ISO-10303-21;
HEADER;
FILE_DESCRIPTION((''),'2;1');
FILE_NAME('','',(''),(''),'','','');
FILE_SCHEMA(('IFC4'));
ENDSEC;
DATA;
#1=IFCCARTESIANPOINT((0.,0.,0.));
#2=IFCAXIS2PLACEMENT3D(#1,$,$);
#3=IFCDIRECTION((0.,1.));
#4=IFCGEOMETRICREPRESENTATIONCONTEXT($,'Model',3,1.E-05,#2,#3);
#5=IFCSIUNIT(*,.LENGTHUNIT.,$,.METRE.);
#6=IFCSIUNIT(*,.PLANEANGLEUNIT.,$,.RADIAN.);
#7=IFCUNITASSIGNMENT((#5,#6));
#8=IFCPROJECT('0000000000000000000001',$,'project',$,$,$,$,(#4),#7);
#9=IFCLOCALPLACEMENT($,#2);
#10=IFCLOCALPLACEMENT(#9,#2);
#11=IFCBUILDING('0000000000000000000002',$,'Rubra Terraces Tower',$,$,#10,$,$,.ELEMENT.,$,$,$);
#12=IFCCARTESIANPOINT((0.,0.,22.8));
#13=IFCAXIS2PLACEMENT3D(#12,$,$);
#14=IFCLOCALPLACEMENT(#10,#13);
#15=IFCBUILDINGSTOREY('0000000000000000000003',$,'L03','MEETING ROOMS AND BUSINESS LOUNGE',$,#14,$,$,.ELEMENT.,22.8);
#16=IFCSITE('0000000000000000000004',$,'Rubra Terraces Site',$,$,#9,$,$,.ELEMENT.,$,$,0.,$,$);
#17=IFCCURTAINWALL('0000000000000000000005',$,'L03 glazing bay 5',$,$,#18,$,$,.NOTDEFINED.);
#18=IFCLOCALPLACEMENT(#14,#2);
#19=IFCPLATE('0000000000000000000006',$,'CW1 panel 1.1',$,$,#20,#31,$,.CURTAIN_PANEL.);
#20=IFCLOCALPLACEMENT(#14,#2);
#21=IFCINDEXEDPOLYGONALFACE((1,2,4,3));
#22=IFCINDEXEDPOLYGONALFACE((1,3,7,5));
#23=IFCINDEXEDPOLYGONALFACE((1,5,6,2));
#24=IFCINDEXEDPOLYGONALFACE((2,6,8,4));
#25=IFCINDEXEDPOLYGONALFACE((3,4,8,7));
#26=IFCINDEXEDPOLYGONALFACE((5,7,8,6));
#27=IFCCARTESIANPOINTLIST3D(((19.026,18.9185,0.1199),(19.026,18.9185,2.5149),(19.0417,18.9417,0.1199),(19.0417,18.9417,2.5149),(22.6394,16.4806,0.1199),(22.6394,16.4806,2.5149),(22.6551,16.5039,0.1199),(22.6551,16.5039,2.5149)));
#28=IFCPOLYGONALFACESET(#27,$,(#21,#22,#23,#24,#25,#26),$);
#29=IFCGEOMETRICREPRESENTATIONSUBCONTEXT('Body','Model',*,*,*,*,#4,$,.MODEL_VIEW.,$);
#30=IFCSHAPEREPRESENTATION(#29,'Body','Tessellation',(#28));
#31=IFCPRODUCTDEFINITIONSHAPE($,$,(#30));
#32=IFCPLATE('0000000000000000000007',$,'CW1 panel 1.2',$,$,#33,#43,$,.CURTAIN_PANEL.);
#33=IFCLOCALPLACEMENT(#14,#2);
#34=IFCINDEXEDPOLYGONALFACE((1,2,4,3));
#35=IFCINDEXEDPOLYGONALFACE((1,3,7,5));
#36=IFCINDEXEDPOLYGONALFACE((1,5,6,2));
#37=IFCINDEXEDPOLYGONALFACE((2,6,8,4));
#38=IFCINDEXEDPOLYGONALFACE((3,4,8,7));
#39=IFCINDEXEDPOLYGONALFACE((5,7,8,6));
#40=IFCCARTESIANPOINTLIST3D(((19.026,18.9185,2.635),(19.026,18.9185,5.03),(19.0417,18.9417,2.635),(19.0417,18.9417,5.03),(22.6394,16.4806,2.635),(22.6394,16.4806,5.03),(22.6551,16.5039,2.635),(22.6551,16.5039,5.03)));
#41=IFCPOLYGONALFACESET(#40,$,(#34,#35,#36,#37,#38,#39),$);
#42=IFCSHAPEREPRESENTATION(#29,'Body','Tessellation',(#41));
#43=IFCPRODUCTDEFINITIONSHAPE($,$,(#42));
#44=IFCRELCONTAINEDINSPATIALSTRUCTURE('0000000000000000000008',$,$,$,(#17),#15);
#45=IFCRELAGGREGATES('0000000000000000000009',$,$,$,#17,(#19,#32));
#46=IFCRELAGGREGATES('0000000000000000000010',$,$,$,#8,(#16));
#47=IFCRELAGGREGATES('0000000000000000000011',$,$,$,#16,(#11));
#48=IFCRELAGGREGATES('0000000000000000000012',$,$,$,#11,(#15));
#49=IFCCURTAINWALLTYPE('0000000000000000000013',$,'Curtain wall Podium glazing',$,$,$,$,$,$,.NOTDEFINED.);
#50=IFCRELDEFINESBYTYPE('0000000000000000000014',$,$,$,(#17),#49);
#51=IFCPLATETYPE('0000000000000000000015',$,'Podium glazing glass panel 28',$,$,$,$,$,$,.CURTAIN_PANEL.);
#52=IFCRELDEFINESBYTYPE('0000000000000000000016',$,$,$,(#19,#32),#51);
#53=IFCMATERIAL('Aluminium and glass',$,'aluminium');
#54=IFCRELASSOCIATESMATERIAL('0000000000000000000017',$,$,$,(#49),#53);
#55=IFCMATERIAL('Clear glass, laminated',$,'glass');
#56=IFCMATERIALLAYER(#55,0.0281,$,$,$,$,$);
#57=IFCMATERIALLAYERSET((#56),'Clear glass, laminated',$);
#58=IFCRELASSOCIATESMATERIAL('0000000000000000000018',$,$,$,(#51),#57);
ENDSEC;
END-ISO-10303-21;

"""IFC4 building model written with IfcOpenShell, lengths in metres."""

from ifc_helpers import new_model, si_unit, direction, frame, origin, origin_2d, place, context, subcontext, project, spatial, rectangle, extrude, material, layer, layer_set, type_object, element, aggregate, save


model = new_model("IFC4")

# Units and contexts
model_context = context("Model", 3, precision=1e-05, world=origin(), true_north=direction((0.0, 1.0)))
body_context = subcontext(model_context, "Body", "Model", "MODEL_VIEW")
ifc_project = project(units=[si_unit("LENGTHUNIT", "METRE"), si_unit("PLANEANGLEUNIT", "RADIAN")], contexts=[model_context])

# Site, building, storey
site_placement = place(None, origin())
site = spatial("IfcSite", under=ifc_project, at=site_placement, Name="Rubra Terraces Site", CompositionType="ELEMENT", RefElevation=0.0)
building_placement = place(site_placement, origin())
building = spatial("IfcBuilding", under=site, at=building_placement, Name="Rubra Terraces Tower", CompositionType="ELEMENT")
storey_placement = place(building_placement, frame((0.0, 0.0, 22.8)))
storey = spatial("IfcBuildingStorey", under=building, at=storey_placement, Name="L03", Description="MEETING ROOMS AND BUSINESS LOUNGE", CompositionType="ELEMENT", Elevation=22.8)

# Shared definitions
ifc_material_1 = material(Name="Aluminium and glass", Category="aluminium")
curtain_wall_type = type_object("IfcCurtainWallType", Name="Curtain wall Podium glazing", PredefinedType="NOTDEFINED", material=ifc_material_1)

# Curtain wall
curtain_wall_1_placement = place(storey_placement, origin())
curtain_wall_1 = element("IfcCurtainWall", 1, at=curtain_wall_1_placement, inside=storey, type_object=curtain_wall_type, Name="L03 glazing bay 5", PredefinedType="NOTDEFINED")

# Plates
ifc_material_2 = material(Name="Clear glass, laminated", Category="glass")
ifc_layer = layer(ifc_material_2, 0.0281)
ifc_layer_set = layer_set([ifc_layer], Name="Clear glass, laminated")
plate_type = type_object("IfcPlateType", Name="Podium glazing glass panel 28", PredefinedType="CURTAIN_PANEL", material=ifc_layer_set)
plate_1_placement = place(storey_placement, frame((20.8406, 17.7112, 0.1199), z_axis=(0.0, 0.0, 1.0), x_axis=(-0.828981, 0.559277, 0.0)))
plate_1 = element("IfcPlate", 2, at=plate_1_placement, type_object=plate_type, Name="CW1 panel 1.1", PredefinedType="CURTAIN_PANEL", context=body_context, shape_type="SweptSolid", body=[
    extrude(rectangle(XDim=4.3589, YDim=0.0281, at=origin_2d()), origin(), (0.0, 0.0, 1.0), 2.395),
])
plate_2_placement = place(storey_placement, frame((20.8406, 17.7112, 2.635), z_axis=(0.0, 0.0, 1.0), x_axis=(-0.828981, 0.559277, 0.0)))
plate_2 = element("IfcPlate", 3, at=plate_2_placement, type_object=plate_type, Name="CW1 panel 1.2", PredefinedType="CURTAIN_PANEL", context=body_context, shape_type="SweptSolid", body=[
    extrude(rectangle(XDim=4.3589, YDim=0.0281, at=origin_2d()), origin(), (0.0, 0.0, 1.0), 2.395),
])
aggregate(curtain_wall_1, [plate_1, plate_2])

save(model, "model.ifc")
